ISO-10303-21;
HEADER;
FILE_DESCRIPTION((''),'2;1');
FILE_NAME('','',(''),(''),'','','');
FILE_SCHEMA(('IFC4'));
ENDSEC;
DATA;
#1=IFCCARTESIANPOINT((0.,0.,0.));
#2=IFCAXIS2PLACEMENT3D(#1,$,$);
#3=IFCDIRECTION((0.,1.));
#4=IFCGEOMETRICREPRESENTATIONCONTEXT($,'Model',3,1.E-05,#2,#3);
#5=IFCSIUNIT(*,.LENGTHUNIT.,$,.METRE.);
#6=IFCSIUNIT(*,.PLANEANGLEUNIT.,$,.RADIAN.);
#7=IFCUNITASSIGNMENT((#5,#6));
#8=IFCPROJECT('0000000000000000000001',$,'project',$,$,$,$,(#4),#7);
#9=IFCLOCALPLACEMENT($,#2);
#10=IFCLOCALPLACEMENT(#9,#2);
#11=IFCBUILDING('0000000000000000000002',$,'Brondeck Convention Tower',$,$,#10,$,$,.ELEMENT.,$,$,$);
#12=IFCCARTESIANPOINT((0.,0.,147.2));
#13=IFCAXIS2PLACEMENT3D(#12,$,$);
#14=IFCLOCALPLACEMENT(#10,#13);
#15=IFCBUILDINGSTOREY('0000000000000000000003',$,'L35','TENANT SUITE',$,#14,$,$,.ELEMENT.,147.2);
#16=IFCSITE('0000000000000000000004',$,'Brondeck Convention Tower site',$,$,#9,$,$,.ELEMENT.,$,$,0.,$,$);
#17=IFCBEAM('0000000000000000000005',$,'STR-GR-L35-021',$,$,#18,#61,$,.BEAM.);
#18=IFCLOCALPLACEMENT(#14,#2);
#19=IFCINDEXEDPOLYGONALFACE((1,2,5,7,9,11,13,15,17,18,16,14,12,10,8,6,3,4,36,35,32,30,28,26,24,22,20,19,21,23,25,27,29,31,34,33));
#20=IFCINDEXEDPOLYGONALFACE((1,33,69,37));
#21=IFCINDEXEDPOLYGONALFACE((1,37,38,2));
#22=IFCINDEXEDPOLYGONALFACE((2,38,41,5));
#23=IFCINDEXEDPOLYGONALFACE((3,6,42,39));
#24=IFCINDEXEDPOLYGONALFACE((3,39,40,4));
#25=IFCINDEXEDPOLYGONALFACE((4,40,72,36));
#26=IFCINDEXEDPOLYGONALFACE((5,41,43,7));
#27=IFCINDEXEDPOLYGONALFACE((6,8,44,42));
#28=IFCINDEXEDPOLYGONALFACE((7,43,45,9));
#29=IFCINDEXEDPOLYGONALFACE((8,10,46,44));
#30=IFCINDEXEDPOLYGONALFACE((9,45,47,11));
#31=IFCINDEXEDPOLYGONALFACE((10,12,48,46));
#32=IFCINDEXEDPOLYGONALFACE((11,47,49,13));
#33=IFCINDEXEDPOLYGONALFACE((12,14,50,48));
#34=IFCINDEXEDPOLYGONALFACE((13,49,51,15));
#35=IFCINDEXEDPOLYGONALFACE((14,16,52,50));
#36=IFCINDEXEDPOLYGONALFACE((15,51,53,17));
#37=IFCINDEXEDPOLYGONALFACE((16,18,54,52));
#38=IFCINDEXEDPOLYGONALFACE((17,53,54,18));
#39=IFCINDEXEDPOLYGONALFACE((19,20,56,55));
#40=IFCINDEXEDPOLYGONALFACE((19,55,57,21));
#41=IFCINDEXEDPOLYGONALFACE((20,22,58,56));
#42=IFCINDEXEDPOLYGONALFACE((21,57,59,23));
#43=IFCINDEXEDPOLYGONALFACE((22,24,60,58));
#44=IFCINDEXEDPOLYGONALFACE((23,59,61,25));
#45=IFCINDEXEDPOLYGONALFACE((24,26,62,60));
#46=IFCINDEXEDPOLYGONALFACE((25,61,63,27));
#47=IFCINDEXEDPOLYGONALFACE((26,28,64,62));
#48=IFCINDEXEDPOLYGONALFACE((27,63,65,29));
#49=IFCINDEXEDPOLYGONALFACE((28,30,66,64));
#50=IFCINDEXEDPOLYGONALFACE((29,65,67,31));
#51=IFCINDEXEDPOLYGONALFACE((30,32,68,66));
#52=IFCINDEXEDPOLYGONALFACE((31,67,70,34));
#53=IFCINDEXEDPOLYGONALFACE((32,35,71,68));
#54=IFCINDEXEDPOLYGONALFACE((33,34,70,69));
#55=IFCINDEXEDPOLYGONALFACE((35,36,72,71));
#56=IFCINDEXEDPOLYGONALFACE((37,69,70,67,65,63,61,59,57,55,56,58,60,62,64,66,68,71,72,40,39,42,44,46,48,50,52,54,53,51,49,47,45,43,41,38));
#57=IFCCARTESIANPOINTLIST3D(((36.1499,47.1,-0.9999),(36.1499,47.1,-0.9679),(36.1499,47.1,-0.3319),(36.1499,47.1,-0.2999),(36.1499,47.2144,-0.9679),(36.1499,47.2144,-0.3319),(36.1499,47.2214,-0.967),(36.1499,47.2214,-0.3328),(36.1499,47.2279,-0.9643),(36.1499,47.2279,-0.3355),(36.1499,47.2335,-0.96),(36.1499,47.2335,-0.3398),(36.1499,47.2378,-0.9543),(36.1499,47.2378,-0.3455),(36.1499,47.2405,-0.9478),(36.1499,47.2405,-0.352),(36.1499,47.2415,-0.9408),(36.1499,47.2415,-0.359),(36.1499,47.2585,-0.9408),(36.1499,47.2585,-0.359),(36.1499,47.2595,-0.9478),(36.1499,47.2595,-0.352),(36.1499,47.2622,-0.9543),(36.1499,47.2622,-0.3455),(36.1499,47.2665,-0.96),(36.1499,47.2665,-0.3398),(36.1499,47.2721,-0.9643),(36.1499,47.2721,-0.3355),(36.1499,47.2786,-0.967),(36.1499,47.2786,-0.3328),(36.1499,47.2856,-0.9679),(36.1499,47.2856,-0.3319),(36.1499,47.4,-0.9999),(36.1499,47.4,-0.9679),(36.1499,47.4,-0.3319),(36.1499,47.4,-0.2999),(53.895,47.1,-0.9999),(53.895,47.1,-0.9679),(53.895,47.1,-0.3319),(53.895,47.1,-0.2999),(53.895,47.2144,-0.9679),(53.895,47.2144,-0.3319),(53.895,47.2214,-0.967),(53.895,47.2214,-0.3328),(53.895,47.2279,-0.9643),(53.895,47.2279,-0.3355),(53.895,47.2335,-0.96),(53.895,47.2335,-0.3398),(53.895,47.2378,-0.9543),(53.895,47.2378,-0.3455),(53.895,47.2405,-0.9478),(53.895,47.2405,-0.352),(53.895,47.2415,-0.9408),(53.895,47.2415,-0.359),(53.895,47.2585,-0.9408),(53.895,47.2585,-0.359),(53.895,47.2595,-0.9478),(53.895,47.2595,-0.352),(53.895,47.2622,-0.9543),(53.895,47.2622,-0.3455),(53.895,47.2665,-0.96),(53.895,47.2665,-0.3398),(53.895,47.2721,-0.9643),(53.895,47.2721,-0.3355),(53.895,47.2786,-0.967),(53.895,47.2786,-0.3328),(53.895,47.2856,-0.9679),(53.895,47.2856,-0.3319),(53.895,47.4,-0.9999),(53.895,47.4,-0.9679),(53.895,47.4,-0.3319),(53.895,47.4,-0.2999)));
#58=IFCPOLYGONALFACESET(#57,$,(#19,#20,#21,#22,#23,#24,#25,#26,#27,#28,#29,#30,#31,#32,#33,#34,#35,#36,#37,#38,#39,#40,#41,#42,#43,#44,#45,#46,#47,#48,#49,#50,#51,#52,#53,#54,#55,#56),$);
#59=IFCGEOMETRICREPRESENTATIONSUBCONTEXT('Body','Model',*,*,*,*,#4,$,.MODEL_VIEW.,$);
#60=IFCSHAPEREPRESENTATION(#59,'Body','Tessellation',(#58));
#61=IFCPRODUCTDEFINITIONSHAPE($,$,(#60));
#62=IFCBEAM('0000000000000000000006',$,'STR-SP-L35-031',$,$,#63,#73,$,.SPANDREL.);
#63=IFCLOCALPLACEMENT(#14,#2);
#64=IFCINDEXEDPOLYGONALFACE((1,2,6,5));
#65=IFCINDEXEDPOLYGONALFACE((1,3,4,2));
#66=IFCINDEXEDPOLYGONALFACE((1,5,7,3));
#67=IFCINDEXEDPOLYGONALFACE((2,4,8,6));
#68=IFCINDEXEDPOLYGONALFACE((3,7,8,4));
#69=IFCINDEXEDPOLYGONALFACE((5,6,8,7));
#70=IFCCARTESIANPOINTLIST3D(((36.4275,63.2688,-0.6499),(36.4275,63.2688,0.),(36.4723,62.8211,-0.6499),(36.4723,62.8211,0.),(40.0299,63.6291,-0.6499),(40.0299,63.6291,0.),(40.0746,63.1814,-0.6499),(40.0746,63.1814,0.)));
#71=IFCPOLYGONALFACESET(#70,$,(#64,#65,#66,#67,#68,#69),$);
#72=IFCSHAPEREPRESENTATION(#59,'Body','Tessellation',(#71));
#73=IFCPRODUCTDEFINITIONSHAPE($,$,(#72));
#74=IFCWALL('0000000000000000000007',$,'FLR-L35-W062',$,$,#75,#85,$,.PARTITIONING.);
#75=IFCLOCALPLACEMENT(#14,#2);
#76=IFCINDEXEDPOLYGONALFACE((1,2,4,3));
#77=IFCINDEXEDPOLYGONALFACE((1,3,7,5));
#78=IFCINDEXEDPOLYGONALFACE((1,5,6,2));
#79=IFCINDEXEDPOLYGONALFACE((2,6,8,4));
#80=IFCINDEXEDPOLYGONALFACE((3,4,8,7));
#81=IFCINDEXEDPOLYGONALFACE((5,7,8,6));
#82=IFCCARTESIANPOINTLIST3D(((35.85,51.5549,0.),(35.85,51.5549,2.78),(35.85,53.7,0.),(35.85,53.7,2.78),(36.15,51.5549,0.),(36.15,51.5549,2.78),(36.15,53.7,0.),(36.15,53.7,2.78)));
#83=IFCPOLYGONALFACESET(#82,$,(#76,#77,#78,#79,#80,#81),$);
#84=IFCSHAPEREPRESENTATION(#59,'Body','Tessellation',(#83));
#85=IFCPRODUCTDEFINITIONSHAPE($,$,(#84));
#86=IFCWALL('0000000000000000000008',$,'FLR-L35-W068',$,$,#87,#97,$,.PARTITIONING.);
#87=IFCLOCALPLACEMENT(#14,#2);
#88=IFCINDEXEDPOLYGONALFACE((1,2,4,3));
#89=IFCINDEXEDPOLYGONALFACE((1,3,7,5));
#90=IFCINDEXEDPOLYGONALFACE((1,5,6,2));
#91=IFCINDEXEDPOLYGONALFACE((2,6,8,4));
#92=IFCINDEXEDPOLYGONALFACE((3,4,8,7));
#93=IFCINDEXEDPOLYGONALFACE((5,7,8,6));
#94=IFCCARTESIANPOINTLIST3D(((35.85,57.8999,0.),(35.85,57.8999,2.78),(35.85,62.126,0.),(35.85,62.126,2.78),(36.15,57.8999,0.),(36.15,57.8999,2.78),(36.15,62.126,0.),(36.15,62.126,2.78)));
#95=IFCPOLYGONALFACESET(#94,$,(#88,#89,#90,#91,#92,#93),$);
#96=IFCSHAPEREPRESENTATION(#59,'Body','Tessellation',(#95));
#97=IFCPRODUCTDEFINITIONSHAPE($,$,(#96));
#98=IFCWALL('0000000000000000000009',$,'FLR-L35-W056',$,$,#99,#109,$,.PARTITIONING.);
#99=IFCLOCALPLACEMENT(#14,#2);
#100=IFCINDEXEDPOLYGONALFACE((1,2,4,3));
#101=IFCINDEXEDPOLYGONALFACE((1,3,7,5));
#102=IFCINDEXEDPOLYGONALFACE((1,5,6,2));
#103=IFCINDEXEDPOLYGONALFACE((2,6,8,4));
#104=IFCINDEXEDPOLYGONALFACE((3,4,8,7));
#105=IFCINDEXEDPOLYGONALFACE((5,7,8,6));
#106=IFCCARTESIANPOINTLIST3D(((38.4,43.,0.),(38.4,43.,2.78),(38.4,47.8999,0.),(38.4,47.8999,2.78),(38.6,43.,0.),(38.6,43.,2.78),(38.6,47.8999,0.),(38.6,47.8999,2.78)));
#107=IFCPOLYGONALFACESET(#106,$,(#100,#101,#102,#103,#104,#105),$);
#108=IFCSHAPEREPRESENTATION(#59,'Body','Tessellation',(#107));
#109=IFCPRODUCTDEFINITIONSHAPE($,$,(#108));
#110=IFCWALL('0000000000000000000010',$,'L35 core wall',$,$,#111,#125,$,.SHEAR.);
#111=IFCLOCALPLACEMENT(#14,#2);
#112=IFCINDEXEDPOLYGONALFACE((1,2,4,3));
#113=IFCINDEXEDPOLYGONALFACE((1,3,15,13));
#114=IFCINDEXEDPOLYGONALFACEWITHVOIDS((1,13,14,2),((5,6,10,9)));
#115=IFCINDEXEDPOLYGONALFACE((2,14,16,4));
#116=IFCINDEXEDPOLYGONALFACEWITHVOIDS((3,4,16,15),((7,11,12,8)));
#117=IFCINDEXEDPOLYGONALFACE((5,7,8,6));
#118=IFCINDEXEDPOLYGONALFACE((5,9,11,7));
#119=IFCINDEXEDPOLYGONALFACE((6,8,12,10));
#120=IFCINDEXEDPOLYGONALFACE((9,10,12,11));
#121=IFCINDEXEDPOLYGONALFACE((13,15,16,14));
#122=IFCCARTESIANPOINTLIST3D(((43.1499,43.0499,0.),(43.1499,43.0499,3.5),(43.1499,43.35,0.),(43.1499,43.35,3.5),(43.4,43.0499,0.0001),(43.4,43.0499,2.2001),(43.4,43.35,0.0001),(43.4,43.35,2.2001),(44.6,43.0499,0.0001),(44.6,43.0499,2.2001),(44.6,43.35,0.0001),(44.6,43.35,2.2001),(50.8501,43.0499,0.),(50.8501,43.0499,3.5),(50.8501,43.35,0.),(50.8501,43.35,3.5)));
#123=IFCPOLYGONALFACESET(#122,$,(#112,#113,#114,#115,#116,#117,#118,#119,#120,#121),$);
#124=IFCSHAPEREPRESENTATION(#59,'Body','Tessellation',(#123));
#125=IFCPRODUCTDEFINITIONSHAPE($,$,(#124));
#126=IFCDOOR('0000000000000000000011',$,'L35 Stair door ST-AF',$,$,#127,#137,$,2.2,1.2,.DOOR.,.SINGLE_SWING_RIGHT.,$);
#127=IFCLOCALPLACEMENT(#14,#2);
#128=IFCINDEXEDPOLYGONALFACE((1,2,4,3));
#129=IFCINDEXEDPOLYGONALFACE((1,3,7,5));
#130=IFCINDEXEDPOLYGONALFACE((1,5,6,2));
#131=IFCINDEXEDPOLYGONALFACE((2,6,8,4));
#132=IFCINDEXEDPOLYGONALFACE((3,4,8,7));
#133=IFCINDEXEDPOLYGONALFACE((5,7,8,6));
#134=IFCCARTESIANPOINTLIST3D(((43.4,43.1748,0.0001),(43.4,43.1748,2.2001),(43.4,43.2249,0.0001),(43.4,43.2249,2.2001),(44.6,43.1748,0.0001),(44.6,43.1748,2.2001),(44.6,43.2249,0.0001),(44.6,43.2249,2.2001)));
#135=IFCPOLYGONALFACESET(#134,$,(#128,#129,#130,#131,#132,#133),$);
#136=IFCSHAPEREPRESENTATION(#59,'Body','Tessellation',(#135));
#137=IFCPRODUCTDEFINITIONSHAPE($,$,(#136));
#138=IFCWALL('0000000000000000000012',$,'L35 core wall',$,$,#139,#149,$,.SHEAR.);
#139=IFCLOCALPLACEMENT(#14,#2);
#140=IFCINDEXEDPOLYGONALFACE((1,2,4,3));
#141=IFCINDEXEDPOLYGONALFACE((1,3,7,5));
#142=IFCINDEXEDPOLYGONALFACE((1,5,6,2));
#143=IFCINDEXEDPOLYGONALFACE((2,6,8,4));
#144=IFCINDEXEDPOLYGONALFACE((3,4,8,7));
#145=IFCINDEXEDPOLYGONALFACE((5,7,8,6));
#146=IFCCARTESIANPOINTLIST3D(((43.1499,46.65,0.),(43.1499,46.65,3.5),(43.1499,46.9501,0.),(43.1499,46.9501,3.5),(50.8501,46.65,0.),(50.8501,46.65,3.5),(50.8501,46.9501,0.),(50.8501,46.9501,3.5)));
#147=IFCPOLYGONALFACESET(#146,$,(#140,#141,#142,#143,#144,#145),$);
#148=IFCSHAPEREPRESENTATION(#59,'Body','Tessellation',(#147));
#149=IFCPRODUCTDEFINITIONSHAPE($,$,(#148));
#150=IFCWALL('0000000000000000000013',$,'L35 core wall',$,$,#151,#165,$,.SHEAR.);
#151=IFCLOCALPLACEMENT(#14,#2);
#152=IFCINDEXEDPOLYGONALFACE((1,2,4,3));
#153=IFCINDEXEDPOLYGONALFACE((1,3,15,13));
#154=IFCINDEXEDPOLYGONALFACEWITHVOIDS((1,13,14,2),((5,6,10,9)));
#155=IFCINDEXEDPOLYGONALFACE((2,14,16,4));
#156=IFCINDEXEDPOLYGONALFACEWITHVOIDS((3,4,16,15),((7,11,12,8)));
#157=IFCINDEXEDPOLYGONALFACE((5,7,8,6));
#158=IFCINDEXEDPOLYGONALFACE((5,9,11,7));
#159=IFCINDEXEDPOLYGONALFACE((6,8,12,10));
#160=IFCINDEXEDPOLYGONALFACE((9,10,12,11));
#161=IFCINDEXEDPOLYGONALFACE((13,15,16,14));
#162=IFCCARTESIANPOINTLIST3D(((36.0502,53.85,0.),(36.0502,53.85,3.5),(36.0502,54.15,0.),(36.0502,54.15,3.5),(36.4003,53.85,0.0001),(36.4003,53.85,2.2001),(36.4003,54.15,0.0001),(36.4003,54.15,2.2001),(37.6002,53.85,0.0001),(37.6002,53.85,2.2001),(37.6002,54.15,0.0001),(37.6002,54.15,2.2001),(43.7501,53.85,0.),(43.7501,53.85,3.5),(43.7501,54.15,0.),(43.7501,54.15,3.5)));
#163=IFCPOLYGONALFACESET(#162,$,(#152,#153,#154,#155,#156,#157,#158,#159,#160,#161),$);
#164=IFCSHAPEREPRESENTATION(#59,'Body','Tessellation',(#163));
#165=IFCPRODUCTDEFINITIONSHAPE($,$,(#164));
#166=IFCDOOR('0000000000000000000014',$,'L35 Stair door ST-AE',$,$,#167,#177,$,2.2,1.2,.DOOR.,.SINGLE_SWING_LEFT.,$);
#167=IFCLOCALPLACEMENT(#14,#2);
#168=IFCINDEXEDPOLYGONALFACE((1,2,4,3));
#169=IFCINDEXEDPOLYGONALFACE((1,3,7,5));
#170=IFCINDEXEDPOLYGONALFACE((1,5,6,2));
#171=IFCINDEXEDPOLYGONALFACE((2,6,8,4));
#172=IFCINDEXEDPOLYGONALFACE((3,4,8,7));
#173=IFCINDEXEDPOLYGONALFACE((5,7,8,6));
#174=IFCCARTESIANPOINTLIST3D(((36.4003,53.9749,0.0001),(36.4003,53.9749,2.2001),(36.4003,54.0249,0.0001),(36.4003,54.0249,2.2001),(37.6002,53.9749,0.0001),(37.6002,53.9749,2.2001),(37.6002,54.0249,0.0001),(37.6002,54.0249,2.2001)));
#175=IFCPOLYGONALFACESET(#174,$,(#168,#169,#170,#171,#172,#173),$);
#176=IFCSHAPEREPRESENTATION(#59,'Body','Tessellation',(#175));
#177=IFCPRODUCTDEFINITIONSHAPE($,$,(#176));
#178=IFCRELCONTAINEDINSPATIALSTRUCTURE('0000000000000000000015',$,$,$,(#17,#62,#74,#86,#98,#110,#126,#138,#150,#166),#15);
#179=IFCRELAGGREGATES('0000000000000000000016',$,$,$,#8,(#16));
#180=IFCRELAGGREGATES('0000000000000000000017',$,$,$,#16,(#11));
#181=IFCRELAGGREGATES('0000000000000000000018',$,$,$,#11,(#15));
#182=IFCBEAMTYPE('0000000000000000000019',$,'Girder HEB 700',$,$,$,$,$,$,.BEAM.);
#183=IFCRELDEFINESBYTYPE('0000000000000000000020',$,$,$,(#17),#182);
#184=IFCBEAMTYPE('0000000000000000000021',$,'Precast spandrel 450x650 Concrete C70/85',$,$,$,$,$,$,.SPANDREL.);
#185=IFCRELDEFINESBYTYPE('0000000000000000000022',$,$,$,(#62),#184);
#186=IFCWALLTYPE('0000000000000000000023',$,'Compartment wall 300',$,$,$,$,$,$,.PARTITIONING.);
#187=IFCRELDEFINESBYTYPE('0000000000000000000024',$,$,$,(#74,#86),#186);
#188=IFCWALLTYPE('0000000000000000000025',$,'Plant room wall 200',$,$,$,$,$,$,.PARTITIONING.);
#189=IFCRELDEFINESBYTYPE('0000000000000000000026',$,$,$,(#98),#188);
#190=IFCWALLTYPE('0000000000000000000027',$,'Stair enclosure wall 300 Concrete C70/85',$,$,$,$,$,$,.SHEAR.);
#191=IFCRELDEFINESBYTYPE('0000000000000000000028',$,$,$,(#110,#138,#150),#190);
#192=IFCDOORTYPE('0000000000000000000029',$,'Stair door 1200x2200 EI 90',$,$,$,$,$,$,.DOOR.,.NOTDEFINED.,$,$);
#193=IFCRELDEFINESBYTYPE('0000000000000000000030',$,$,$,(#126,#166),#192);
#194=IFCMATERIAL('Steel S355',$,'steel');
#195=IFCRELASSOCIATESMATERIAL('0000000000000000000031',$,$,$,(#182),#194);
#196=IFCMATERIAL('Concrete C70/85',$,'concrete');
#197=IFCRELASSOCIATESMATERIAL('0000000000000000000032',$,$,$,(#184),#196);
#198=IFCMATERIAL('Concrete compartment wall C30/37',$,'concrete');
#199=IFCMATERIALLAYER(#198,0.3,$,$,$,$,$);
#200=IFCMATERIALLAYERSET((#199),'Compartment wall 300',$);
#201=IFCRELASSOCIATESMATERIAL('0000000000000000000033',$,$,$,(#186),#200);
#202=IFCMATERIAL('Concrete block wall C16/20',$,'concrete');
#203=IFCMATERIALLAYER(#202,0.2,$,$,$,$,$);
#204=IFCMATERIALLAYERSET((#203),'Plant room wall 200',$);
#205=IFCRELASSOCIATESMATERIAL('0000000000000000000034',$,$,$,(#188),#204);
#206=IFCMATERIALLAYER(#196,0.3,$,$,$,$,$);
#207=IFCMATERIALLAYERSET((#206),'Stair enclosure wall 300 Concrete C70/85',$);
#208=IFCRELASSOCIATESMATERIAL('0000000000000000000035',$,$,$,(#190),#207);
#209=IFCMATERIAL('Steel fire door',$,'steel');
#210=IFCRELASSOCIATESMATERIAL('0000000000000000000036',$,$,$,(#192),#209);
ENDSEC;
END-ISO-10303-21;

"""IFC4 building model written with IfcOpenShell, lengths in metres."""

from ifc_helpers import new_model, si_unit, direction, frame, frame_2d, origin, origin_2d, place, context, subcontext, project, spatial, rectangle, i_section, extrude, material, layer, layer_set, material_profile, profile_set, type_object, element, fill, save


model = new_model("IFC4")

# Units and contexts
model_context = context("Model", 3, precision=1e-05, world=origin(), true_north=direction((0.0, 1.0)))
body_context = subcontext(model_context, "Body", "Model", "MODEL_VIEW")
ifc_project = project(units=[si_unit("LENGTHUNIT", "METRE"), si_unit("PLANEANGLEUNIT", "RADIAN")], contexts=[model_context])

# Site, building, storey
site_placement = place(None, origin())
site = spatial("IfcSite", under=ifc_project, at=site_placement, Name="Brondeck Convention Tower site", CompositionType="ELEMENT", RefElevation=0.0)
building_placement = place(site_placement, origin())
building = spatial("IfcBuilding", under=site, at=building_placement, Name="Brondeck Convention Tower", CompositionType="ELEMENT")
storey_placement = place(building_placement, frame((0.0, 0.0, 147.2)))
storey = spatial("IfcBuildingStorey", under=building, at=storey_placement, Name="L35", Description="TENANT SUITE", CompositionType="ELEMENT", Elevation=147.2)

# Shared definitions
ifc_material_1 = material(Name="Concrete C70/85", Category="concrete")

# Beams
ifc_material_2 = material(Name="Steel S355", Category="steel")
ifc_material_profile_1 = material_profile(ifc_material_2, i_section(OverallWidth=0.3, OverallDepth=0.7, WebThickness=0.0171, FlangeThickness=0.032, FilletRadius=0.0271, at=origin_2d()), Name="HEB 700")
ifc_profile_set_1 = profile_set([ifc_material_profile_1], Name="Steel S355")
beam_type_1 = type_object("IfcBeamType", Name="Girder HEB 700", PredefinedType="BEAM", material=ifc_profile_set_1)
beam_1_placement = place(storey_placement, frame((36.1499, 47.25, -0.6499), z_axis=(1.0, 0.0, 0.0), x_axis=(0.0, 1.0, 0.0)))
element("IfcBeam", 1, at=beam_1_placement, inside=storey, type_object=beam_type_1, Name="STR-GR-L35-021", PredefinedType="BEAM", context=body_context, shape_type="SweptSolid", body=[
    extrude(i_section(OverallWidth=0.3, OverallDepth=0.7, WebThickness=0.0171, FlangeThickness=0.032, FilletRadius=0.0271, at=origin_2d()), origin(), (0.0, 0.0, 1.0), 17.7451),
])
ifc_material_profile_2 = material_profile(ifc_material_1, rectangle(XDim=0.45, YDim=0.6499, at=origin_2d()), Name="Precast spandrel 450x650 Concrete C70/85")
ifc_profile_set_2 = profile_set([ifc_material_profile_2], Name="Concrete C70/85")
beam_type_2 = type_object("IfcBeamType", Name="Precast spandrel 450x650 Concrete C70/85", PredefinedType="SPANDREL", material=ifc_profile_set_2)
beam_2_placement = place(storey_placement, frame((40.0522, 63.4053, -0.325), z_axis=(-0.995034, -0.099537, 0.0), x_axis=(0.099537, -0.995034, 0.0)))
element("IfcBeam", 2, at=beam_2_placement, inside=storey, type_object=beam_type_2, Name="STR-SP-L35-031", PredefinedType="SPANDREL", context=body_context, shape_type="SweptSolid", body=[
    extrude(rectangle(XDim=0.45, YDim=0.6499, at=origin_2d()), origin(), (0.0, 0.0, 1.0), 3.6204),
])

# Walls
ifc_material_3 = material(Name="Concrete compartment wall C30/37", Category="concrete")
ifc_layer_1 = layer(ifc_material_3, 0.3)
ifc_layer_set_1 = layer_set([ifc_layer_1], Name="Compartment wall 300")
wall_type_1 = type_object("IfcWallType", Name="Compartment wall 300", PredefinedType="PARTITIONING", material=ifc_layer_set_1)
wall_1_placement = place(storey_placement, frame((36.0, 51.5549, 0.0), z_axis=(0.0, 0.0, 1.0), x_axis=(0.0, 1.0, 0.0)))
element("IfcWall", 3, at=wall_1_placement, inside=storey, type_object=wall_type_1, Name="FLR-L35-W062", PredefinedType="PARTITIONING", context=body_context, shape_type="SweptSolid", body=[
    extrude(rectangle(XDim=2.145, YDim=0.3, at=frame_2d((1.0725, 0.0))), origin(), (0.0, 0.0, 1.0), 2.78),
])
wall_2_placement = place(storey_placement, frame((36.0, 57.8999, 0.0), z_axis=(0.0, 0.0, 1.0), x_axis=(0.0, 1.0, 0.0)))
element("IfcWall", 4, at=wall_2_placement, inside=storey, type_object=wall_type_1, Name="FLR-L35-W068", PredefinedType="PARTITIONING", context=body_context, shape_type="SweptSolid", body=[
    extrude(rectangle(XDim=4.2261, YDim=0.3, at=frame_2d((2.113, 0.0))), origin(), (0.0, 0.0, 1.0), 2.78),
])
ifc_material_4 = material(Name="Concrete block wall C16/20", Category="concrete")
ifc_layer_2 = layer(ifc_material_4, 0.2)
ifc_layer_set_2 = layer_set([ifc_layer_2], Name="Plant room wall 200")
wall_type_2 = type_object("IfcWallType", Name="Plant room wall 200", PredefinedType="PARTITIONING", material=ifc_layer_set_2)
wall_3_placement = place(storey_placement, frame((38.5, 47.8999, 0.0), z_axis=(0.0, 0.0, 1.0), x_axis=(0.0, -1.0, 0.0)))
element("IfcWall", 5, at=wall_3_placement, inside=storey, type_object=wall_type_2, Name="FLR-L35-W056", PredefinedType="PARTITIONING", context=body_context, shape_type="SweptSolid", body=[
    extrude(rectangle(XDim=4.8999, YDim=0.2, at=frame_2d((2.45, 0.0))), origin(), (0.0, 0.0, 1.0), 2.78),
])

# Wall, opening, door
ifc_layer_3 = layer(ifc_material_1, 0.3)
ifc_layer_set_3 = layer_set([ifc_layer_3], Name="Stair enclosure wall 300 Concrete C70/85")
wall_type_3 = type_object("IfcWallType", Name="Stair enclosure wall 300 Concrete C70/85", PredefinedType="SHEAR", material=ifc_layer_set_3)
wall_4_placement = place(storey_placement, frame((43.1499, 43.2, 0.0), z_axis=(0.0, 0.0, 1.0), x_axis=(1.0, 0.0, 0.0)))
wall_4 = element("IfcWall", 6, at=wall_4_placement, inside=storey, type_object=wall_type_3, Name="L35 core wall", PredefinedType="SHEAR", context=body_context, shape_type="SweptSolid", body=[
    extrude(rectangle(XDim=7.7002, YDim=0.3, at=frame_2d((3.8501, 0.0))), origin(), (0.0, 0.0, 1.0), 3.5),
])
opening_1_placement = place(wall_4_placement, frame((0.25, 0.0, 0.0)))
opening_1 = element("IfcOpeningElement", 7, at=opening_1_placement, cuts=wall_4, PredefinedType="OPENING", context=body_context, shape_type="SweptSolid", body=[
    extrude(rectangle(XDim=1.2, YDim=2.2, at=frame_2d((0.6001, 1.1001))), frame((0.0, 0.1599, 0.0), z_axis=(0.0, -1.0, 0.0), x_axis=(1.0, 0.0, 0.0)), (0.0, 0.0, 1.0), 0.3201),
])
ifc_material_5 = material(Name="Steel fire door", Category="steel")
door_type = type_object("IfcDoorType", Name="Stair door 1200x2200 EI 90", OperationType="NOTDEFINED", PredefinedType="DOOR", material=ifc_material_5)
door_1_placement = place(opening_1_placement, origin())
door_1 = element("IfcDoor", 8, at=door_1_placement, inside=storey, type_object=door_type, Name="L35 Stair door ST-AF", OperationType="SINGLE_SWING_RIGHT", OverallHeight=2.2, OverallWidth=1.2, PredefinedType="DOOR", context=body_context, shape_type="SweptSolid", body=[
    extrude(rectangle(XDim=1.2, YDim=2.2, at=frame_2d((0.6001, 1.1001))), frame((0.0, 0.0249, 0.0), z_axis=(0.0, -1.0, 0.0), x_axis=(1.0, 0.0, 0.0)), (0.0, 0.0, 1.0), 0.05),
])
fill(opening_1, door_1)

# Wall
wall_5_placement = place(storey_placement, frame((43.1499, 46.8, 0.0), z_axis=(0.0, 0.0, 1.0), x_axis=(1.0, 0.0, 0.0)))
element("IfcWall", 9, at=wall_5_placement, inside=storey, type_object=wall_type_3, Name="L35 core wall", PredefinedType="SHEAR", context=body_context, shape_type="SweptSolid", body=[
    extrude(rectangle(XDim=7.7002, YDim=0.3, at=frame_2d((3.8501, 0.0))), origin(), (0.0, 0.0, 1.0), 3.5),
])

# Wall, opening, door
wall_6_placement = place(storey_placement, frame((36.05, 54.0, 0.0), z_axis=(0.0, 0.0, 1.0), x_axis=(1.0, 0.0, 0.0)))
wall_6 = element("IfcWall", 10, at=wall_6_placement, inside=storey, type_object=wall_type_3, Name="L35 core wall", PredefinedType="SHEAR", context=body_context, shape_type="SweptSolid", body=[
    extrude(rectangle(XDim=7.7, YDim=0.3, at=frame_2d((3.8501, 0.0))), origin(), (0.0, 0.0, 1.0), 3.5),
])
opening_2_placement = place(wall_6_placement, frame((0.3501, 0.0, 0.0)))
opening_2 = element("IfcOpeningElement", 11, at=opening_2_placement, cuts=wall_6, PredefinedType="OPENING", context=body_context, shape_type="SweptSolid", body=[
    extrude(rectangle(XDim=1.2, YDim=2.2, at=frame_2d((0.6001, 1.1001))), frame((0.0, 0.1599, 0.0), z_axis=(0.0, -1.0, 0.0), x_axis=(1.0, 0.0, 0.0)), (0.0, 0.0, 1.0), 0.3201),
])
door_2_placement = place(opening_2_placement, origin())
door_2 = element("IfcDoor", 12, at=door_2_placement, inside=storey, type_object=door_type, Name="L35 Stair door ST-AE", OperationType="SINGLE_SWING_LEFT", OverallHeight=2.2, OverallWidth=1.2, PredefinedType="DOOR", context=body_context, shape_type="SweptSolid", body=[
    extrude(rectangle(XDim=1.2, YDim=2.2, at=frame_2d((0.6001, 1.1001))), frame((0.0, 0.0249, 0.0), z_axis=(0.0, -1.0, 0.0), x_axis=(1.0, 0.0, 0.0)), (0.0, 0.0, 1.0), 0.05),
])
fill(opening_2, door_2)

save(model, "model.ifc")
